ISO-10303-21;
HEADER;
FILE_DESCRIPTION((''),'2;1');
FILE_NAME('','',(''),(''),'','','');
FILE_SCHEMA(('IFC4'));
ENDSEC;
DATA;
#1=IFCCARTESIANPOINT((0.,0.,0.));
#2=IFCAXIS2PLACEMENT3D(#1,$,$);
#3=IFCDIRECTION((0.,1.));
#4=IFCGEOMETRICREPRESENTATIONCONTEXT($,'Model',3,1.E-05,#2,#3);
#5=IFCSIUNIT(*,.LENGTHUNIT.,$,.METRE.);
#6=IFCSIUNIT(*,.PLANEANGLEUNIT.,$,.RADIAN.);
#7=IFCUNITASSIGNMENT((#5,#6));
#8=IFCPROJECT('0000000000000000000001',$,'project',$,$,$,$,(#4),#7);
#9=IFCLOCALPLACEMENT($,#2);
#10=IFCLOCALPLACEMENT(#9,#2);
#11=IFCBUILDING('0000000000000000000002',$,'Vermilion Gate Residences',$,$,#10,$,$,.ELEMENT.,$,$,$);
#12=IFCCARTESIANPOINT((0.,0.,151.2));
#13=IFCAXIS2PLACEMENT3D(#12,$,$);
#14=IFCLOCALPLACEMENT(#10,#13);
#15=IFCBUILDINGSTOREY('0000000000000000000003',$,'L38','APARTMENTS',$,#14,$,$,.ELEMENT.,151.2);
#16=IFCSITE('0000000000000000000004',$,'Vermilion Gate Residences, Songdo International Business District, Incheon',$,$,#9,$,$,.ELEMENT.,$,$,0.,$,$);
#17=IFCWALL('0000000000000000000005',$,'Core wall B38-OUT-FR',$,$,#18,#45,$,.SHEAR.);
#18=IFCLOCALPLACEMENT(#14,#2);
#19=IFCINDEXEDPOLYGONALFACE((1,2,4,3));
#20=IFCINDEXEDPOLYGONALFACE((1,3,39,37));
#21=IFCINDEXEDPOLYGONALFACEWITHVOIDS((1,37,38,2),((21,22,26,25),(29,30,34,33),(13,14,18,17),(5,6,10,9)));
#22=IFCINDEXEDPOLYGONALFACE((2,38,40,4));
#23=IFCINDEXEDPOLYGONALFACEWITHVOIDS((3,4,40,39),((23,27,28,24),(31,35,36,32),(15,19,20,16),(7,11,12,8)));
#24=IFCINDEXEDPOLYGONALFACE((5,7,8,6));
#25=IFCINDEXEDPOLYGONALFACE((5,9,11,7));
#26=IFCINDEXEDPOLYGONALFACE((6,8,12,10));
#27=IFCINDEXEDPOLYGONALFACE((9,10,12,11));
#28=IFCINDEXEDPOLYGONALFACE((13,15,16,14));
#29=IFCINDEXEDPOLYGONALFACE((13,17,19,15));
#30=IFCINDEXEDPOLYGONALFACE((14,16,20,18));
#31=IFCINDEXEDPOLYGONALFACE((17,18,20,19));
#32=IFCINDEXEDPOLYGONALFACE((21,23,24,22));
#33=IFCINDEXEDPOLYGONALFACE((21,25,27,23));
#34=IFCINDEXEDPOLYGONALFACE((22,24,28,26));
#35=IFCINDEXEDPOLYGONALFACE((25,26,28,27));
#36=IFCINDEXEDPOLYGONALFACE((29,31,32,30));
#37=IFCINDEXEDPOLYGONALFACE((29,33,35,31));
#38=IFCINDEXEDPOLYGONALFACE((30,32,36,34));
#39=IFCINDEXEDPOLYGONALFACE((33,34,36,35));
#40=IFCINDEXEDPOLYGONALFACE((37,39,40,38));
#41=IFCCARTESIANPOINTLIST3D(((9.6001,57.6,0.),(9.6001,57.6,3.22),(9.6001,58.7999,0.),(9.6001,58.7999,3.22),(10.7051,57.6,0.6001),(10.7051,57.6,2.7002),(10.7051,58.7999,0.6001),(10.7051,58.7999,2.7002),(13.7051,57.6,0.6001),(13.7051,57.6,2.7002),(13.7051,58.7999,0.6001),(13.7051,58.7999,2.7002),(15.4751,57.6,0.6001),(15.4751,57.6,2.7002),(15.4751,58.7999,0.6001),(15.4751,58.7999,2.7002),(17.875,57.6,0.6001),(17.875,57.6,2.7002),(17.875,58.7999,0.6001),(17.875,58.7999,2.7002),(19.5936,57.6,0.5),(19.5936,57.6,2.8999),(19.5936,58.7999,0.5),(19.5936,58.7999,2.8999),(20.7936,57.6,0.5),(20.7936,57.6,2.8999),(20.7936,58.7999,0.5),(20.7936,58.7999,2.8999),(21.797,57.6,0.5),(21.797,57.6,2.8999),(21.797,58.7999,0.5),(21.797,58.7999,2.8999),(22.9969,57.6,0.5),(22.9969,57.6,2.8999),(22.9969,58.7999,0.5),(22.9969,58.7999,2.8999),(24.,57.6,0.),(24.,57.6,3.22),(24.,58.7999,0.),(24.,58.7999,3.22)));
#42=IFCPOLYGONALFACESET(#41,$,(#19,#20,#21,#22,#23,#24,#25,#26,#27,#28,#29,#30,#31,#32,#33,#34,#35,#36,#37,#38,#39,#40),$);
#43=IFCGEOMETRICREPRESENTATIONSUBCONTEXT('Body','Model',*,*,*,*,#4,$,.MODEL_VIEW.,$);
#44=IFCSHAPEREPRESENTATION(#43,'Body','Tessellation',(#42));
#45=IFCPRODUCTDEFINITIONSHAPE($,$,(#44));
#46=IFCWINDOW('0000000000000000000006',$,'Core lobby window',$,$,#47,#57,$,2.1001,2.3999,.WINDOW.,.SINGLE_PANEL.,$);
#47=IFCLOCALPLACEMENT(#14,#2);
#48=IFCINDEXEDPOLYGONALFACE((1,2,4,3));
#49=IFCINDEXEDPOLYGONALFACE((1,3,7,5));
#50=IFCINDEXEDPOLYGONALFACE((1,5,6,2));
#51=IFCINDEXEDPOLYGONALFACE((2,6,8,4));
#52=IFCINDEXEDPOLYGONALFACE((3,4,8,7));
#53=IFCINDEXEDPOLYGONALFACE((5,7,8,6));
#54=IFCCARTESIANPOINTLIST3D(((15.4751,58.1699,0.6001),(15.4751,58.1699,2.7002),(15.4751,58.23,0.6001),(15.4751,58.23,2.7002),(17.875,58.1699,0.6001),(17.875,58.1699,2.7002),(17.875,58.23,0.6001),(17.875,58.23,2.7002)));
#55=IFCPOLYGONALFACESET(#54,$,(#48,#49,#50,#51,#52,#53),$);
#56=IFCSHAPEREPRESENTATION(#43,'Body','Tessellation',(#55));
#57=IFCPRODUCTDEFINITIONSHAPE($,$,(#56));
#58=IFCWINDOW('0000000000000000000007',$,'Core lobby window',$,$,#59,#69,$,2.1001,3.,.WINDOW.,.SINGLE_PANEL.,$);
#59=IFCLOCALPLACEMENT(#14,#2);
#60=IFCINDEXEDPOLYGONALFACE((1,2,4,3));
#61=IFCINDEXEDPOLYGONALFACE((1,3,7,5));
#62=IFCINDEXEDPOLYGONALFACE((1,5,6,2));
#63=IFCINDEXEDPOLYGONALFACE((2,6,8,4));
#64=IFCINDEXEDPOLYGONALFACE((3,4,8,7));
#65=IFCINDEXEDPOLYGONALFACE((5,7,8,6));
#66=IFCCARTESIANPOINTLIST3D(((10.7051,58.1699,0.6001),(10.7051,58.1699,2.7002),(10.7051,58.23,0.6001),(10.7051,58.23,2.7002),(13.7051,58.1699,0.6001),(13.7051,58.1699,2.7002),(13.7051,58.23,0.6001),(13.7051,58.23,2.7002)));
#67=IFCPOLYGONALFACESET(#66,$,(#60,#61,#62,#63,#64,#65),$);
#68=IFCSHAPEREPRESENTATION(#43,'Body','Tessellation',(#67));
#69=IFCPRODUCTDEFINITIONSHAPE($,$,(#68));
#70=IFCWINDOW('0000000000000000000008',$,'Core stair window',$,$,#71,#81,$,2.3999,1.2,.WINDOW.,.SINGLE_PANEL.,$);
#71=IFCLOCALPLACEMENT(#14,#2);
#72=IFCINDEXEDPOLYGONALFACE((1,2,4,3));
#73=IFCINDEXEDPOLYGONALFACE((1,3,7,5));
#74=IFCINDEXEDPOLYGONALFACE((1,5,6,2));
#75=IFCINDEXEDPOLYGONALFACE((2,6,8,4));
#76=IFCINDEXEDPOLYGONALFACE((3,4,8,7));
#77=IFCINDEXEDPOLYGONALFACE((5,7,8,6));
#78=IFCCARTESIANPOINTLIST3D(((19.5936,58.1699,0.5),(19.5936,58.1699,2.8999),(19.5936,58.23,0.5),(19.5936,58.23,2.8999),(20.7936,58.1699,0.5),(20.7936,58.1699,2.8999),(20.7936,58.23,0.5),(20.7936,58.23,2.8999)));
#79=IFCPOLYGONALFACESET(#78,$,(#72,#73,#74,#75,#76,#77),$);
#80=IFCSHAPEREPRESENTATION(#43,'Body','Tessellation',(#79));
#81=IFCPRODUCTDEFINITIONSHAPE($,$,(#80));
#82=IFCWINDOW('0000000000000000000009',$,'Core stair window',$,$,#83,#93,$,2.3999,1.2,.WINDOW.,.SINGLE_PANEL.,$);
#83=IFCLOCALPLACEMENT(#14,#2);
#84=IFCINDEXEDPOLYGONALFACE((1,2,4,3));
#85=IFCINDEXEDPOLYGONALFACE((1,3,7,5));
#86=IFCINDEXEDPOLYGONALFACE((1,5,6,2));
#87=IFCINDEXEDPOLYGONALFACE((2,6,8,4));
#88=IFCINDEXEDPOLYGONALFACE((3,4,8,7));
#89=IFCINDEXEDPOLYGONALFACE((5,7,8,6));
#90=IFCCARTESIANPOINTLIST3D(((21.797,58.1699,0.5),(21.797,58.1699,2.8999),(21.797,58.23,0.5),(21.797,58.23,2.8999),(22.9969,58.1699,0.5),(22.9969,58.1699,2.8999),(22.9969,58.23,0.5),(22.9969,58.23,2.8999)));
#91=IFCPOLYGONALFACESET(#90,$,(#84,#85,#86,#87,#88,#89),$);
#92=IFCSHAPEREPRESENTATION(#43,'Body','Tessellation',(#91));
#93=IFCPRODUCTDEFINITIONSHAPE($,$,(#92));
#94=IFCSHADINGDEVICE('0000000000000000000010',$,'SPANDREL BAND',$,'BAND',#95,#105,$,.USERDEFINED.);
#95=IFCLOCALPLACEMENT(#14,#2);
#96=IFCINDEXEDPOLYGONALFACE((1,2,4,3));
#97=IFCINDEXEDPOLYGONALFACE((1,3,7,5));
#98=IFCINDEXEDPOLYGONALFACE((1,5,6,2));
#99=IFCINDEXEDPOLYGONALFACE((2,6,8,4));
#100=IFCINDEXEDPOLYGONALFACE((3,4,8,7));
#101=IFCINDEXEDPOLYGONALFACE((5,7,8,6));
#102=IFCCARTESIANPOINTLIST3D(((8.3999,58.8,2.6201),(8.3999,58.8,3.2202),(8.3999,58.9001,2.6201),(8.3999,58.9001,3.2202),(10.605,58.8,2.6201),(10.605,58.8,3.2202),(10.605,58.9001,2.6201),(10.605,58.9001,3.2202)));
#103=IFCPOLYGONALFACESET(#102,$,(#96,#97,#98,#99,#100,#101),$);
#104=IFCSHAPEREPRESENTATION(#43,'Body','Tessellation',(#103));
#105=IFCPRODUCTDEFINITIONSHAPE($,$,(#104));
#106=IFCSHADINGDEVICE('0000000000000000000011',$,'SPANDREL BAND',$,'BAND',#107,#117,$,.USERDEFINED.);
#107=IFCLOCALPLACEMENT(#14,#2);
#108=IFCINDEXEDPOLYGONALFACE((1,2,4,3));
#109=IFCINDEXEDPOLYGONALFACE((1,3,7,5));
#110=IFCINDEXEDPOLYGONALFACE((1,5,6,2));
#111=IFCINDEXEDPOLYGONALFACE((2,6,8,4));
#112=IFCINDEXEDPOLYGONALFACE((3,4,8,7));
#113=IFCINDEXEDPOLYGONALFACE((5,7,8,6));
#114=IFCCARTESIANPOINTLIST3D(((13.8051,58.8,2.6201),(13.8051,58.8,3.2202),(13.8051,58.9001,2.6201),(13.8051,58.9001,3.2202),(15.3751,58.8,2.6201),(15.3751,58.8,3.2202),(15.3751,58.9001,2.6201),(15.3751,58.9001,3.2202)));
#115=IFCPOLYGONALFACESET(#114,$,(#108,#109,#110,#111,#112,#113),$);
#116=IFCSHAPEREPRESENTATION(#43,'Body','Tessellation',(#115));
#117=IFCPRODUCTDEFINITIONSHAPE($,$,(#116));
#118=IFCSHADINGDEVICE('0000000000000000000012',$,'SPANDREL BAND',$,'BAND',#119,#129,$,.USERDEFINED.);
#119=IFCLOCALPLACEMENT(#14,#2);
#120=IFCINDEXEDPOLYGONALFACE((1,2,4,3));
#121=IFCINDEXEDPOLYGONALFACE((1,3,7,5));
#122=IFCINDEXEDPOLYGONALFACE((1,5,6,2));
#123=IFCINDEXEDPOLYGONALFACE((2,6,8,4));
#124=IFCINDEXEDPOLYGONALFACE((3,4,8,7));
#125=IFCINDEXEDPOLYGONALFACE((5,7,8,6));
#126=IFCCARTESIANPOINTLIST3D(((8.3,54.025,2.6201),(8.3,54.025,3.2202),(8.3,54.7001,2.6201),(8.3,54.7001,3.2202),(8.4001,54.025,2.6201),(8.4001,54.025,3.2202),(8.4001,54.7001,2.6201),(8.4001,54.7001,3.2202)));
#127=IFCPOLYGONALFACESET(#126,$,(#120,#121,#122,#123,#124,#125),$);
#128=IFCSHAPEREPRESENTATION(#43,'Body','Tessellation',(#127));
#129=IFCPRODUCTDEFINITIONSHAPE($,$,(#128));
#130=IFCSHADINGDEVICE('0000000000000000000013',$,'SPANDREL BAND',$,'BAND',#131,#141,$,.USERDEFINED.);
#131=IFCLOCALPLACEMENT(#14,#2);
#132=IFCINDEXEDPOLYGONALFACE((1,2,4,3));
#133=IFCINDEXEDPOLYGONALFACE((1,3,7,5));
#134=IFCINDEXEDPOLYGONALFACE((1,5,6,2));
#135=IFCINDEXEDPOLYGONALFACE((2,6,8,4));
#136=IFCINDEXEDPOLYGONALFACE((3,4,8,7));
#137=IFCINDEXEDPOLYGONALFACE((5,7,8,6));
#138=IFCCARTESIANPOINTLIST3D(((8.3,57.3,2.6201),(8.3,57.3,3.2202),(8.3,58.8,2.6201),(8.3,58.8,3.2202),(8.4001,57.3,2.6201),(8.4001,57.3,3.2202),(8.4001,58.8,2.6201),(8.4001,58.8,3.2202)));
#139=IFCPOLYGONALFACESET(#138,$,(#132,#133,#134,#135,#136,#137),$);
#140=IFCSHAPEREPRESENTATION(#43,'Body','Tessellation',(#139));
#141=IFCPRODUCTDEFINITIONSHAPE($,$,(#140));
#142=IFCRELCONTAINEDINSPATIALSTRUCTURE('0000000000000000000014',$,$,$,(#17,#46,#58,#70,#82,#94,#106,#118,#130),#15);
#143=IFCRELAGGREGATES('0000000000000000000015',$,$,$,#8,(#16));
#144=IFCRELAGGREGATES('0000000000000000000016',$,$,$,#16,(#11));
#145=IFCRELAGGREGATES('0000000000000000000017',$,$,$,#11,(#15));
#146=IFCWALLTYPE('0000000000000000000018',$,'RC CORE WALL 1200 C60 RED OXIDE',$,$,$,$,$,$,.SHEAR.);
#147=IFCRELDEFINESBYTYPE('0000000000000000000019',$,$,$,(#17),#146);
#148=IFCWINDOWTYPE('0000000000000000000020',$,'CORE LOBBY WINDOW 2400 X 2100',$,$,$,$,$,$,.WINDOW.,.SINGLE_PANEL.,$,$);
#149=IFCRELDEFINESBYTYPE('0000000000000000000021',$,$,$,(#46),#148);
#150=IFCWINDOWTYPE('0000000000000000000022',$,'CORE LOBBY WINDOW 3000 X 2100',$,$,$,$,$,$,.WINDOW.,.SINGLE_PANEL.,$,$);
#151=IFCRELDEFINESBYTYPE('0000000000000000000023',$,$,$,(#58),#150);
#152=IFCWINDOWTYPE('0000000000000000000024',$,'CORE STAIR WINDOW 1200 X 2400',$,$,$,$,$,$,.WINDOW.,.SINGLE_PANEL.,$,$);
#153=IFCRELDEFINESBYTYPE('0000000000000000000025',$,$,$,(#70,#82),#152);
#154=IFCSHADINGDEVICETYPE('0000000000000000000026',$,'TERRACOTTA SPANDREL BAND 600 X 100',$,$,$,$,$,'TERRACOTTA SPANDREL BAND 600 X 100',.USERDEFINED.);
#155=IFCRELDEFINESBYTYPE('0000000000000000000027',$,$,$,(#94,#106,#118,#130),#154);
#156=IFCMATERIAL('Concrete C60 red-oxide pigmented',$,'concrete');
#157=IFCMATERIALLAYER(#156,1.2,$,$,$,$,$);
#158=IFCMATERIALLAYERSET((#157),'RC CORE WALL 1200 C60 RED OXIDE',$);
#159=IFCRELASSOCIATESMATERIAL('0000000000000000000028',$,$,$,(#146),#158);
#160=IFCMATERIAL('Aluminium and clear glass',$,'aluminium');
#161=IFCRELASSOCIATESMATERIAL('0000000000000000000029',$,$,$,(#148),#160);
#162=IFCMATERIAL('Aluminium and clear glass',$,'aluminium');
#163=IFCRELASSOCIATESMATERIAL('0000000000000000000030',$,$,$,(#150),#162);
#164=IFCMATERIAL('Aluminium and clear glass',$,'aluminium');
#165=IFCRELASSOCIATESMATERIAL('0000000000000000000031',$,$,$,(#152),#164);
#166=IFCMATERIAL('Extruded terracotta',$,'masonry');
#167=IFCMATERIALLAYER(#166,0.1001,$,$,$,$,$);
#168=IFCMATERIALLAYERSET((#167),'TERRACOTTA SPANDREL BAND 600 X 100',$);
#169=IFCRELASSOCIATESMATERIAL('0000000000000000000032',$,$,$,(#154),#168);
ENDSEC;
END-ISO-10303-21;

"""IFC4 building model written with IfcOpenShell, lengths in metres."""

from ifc_helpers import new_model, si_unit, direction, frame, frame_2d, origin, origin_2d, place, context, subcontext, project, spatial, rectangle, extrude, material, layer, layer_set, type_object, element, fill, save


model = new_model("IFC4")

# Units and contexts
model_context = context("Model", 3, precision=1e-05, world=origin(), true_north=direction((0.0, 1.0)))
body_context = subcontext(model_context, "Body", "Model", "MODEL_VIEW")
ifc_project = project(units=[si_unit("LENGTHUNIT", "METRE"), si_unit("PLANEANGLEUNIT", "RADIAN")], contexts=[model_context])

# Site, building, storey
site_placement = place(None, origin())
site = spatial("IfcSite", under=ifc_project, at=site_placement, Name="Vermilion Gate Residences, Songdo International Business District, Incheon", CompositionType="ELEMENT", RefElevation=0.0)
building_placement = place(site_placement, origin())
building = spatial("IfcBuilding", under=site, at=building_placement, Name="Vermilion Gate Residences", CompositionType="ELEMENT")
storey_placement = place(building_placement, frame((0.0, 0.0, 151.2)))
storey = spatial("IfcBuildingStorey", under=building, at=storey_placement, Name="L38", Description="APARTMENTS", CompositionType="ELEMENT", Elevation=151.2)

# Wall, openings, windows
ifc_material_1 = material(Name="Concrete C60 red-oxide pigmented", Category="concrete")
ifc_layer_1 = layer(ifc_material_1, 1.2)
ifc_layer_set_1 = layer_set([ifc_layer_1], Name="RC CORE WALL 1200 C60 RED OXIDE")
wall_type_1 = type_object("IfcWallType", Name="RC CORE WALL 1200 C60 RED OXIDE", PredefinedType="SHEAR", material=ifc_layer_set_1)
ifc_material_2 = material(Name="Aluminium and clear glass", Category="aluminium")
window_type_1 = type_object("IfcWindowType", Name="CORE LOBBY WINDOW 2400 X 2100", PartitioningType="SINGLE_PANEL", PredefinedType="WINDOW", material=ifc_material_2)
wall_1_placement = place(storey_placement, frame((9.6001, 58.2, 0.0), z_axis=(0.0, 0.0, 1.0), x_axis=(1.0, 0.0, 0.0)))
wall_1 = element("IfcWall", 1, at=wall_1_placement, inside=storey, type_object=wall_type_1, Name="Core wall B38-OUT-FR", PredefinedType="SHEAR", context=body_context, shape_type="SweptSolid", body=[
    extrude(rectangle(XDim=14.3999, YDim=1.2, at=frame_2d((7.2, 0.0))), origin(), (0.0, 0.0, 1.0), 3.22),
])
opening_1_placement = place(wall_1_placement, frame((1.105, 0.0, 0.6001)))
opening_1 = element("IfcOpeningElement", 2, at=opening_1_placement, cuts=wall_1, PredefinedType="OPENING", context=body_context, shape_type="SweptSolid", body=[
    extrude(rectangle(XDim=3.0, YDim=2.1001, at=frame_2d((1.5, 1.05))), frame((0.0, 0.6099, 0.0), z_axis=(0.0, -1.0, 0.0), x_axis=(1.0, 0.0, 0.0)), (0.0, 0.0, 1.0), 1.22),
])
opening_2_placement = place(wall_1_placement, frame((5.875, 0.0, 0.6001)))
opening_2 = element("IfcOpeningElement", 3, at=opening_2_placement, cuts=wall_1, PredefinedType="OPENING", context=body_context, shape_type="SweptSolid", body=[
    extrude(rectangle(XDim=2.3999, YDim=2.1001, at=frame_2d((1.2, 1.05))), frame((0.0, 0.6099, 0.0), z_axis=(0.0, -1.0, 0.0), x_axis=(1.0, 0.0, 0.0)), (0.0, 0.0, 1.0), 1.22),
])
opening_3_placement = place(wall_1_placement, frame((9.9934, 0.0, 0.5)))
opening_3 = element("IfcOpeningElement", 4, at=opening_3_placement, cuts=wall_1, PredefinedType="OPENING", context=body_context, shape_type="SweptSolid", body=[
    extrude(rectangle(XDim=1.2, YDim=2.3999, at=frame_2d((0.6001, 1.2))), frame((0.0, 0.6099, 0.0), z_axis=(0.0, -1.0, 0.0), x_axis=(1.0, 0.0, 0.0)), (0.0, 0.0, 1.0), 1.22),
])
opening_4_placement = place(wall_1_placement, frame((12.1968, 0.0, 0.5)))
opening_4 = element("IfcOpeningElement", 5, at=opening_4_placement, cuts=wall_1, PredefinedType="OPENING", context=body_context, shape_type="SweptSolid", body=[
    extrude(rectangle(XDim=1.2, YDim=2.3999, at=frame_2d((0.6001, 1.2))), frame((0.0, 0.6099, 0.0), z_axis=(0.0, -1.0, 0.0), x_axis=(1.0, 0.0, 0.0)), (0.0, 0.0, 1.0), 1.22),
])
window_1_placement = place(opening_2_placement, origin())
window_1 = element("IfcWindow", 6, at=window_1_placement, inside=storey, type_object=window_type_1, Name="Core lobby window", OverallHeight=2.1001, OverallWidth=2.3999, PartitioningType="SINGLE_PANEL", PredefinedType="WINDOW", context=body_context, shape_type="SweptSolid", body=[
    extrude(rectangle(XDim=2.3999, YDim=2.1001, at=frame_2d((1.2, 1.05))), frame((0.0, 0.03, 0.0), z_axis=(0.0, -1.0, 0.0), x_axis=(1.0, 0.0, 0.0)), (0.0, 0.0, 1.0), 0.0601),
])
fill(opening_2, window_1)
ifc_material_3 = material(Name="Aluminium and clear glass", Category="aluminium")
window_type_2 = type_object("IfcWindowType", Name="CORE LOBBY WINDOW 3000 X 2100", PartitioningType="SINGLE_PANEL", PredefinedType="WINDOW", material=ifc_material_3)
window_2_placement = place(opening_1_placement, origin())
window_2 = element("IfcWindow", 7, at=window_2_placement, inside=storey, type_object=window_type_2, Name="Core lobby window", OverallHeight=2.1001, OverallWidth=3.0, PartitioningType="SINGLE_PANEL", PredefinedType="WINDOW", context=body_context, shape_type="SweptSolid", body=[
    extrude(rectangle(XDim=3.0, YDim=2.1001, at=frame_2d((1.5, 1.05))), frame((0.0, 0.03, 0.0), z_axis=(0.0, -1.0, 0.0), x_axis=(1.0, 0.0, 0.0)), (0.0, 0.0, 1.0), 0.0601),
])
fill(opening_1, window_2)
ifc_material_4 = material(Name="Aluminium and clear glass", Category="aluminium")
window_type_3 = type_object("IfcWindowType", Name="CORE STAIR WINDOW 1200 X 2400", PartitioningType="SINGLE_PANEL", PredefinedType="WINDOW", material=ifc_material_4)
window_3_placement = place(opening_3_placement, origin())
window_3 = element("IfcWindow", 8, at=window_3_placement, inside=storey, type_object=window_type_3, Name="Core stair window", OverallHeight=2.3999, OverallWidth=1.2, PartitioningType="SINGLE_PANEL", PredefinedType="WINDOW", context=body_context, shape_type="SweptSolid", body=[
    extrude(rectangle(XDim=1.2, YDim=2.3999, at=frame_2d((0.6001, 1.2))), frame((0.0, 0.03, 0.0), z_axis=(0.0, -1.0, 0.0), x_axis=(1.0, 0.0, 0.0)), (0.0, 0.0, 1.0), 0.0601),
])
fill(opening_3, window_3)
window_4_placement = place(opening_4_placement, origin())
window_4 = element("IfcWindow", 9, at=window_4_placement, inside=storey, type_object=window_type_3, Name="Core stair window", OverallHeight=2.3999, OverallWidth=1.2, PartitioningType="SINGLE_PANEL", PredefinedType="WINDOW", context=body_context, shape_type="SweptSolid", body=[
    extrude(rectangle(XDim=1.2, YDim=2.3999, at=frame_2d((0.6001, 1.2))), frame((0.0, 0.03, 0.0), z_axis=(0.0, -1.0, 0.0), x_axis=(1.0, 0.0, 0.0)), (0.0, 0.0, 1.0), 0.0601),
])
fill(opening_4, window_4)

# Shading devices
ifc_material_5 = material(Name="Extruded terracotta", Category="masonry")
ifc_layer_2 = layer(ifc_material_5, 0.1001)
ifc_layer_set_2 = layer_set([ifc_layer_2], Name="TERRACOTTA SPANDREL BAND 600 X 100")
shading_device_type = type_object("IfcShadingDeviceType", Name="TERRACOTTA SPANDREL BAND 600 X 100", ElementType="TERRACOTTA SPANDREL BAND 600 X 100", PredefinedType="USERDEFINED", material=ifc_layer_set_2)
shading_device_1_placement = place(storey_placement, frame((9.5024, 58.8501, 2.6201), z_axis=(0.0, 0.0, 1.0), x_axis=(1.0, 0.0, 0.0)))
element("IfcShadingDevice", 10, at=shading_device_1_placement, inside=storey, type_object=shading_device_type, Name="SPANDREL BAND", ObjectType="BAND", PredefinedType="USERDEFINED", context=body_context, shape_type="SweptSolid", body=[
    extrude(rectangle(XDim=2.2051, YDim=0.1001, at=origin_2d()), origin(), (0.0, 0.0, 1.0), 0.6001),
])
shading_device_2_placement = place(storey_placement, frame((14.5901, 58.8501, 2.6201), z_axis=(0.0, 0.0, 1.0), x_axis=(1.0, 0.0, 0.0)))
element("IfcShadingDevice", 11, at=shading_device_2_placement, inside=storey, type_object=shading_device_type, Name="SPANDREL BAND", ObjectType="BAND", PredefinedType="USERDEFINED", context=body_context, shape_type="SweptSolid", body=[
    extrude(rectangle(XDim=1.5701, YDim=0.1001, at=origin_2d()), origin(), (0.0, 0.0, 1.0), 0.6001),
])
shading_device_3_placement = place(storey_placement, frame((8.3501, 54.3625, 2.6201), z_axis=(0.0, 0.0, 1.0), x_axis=(0.0, 1.0, 0.0)))
element("IfcShadingDevice", 12, at=shading_device_3_placement, inside=storey, type_object=shading_device_type, Name="SPANDREL BAND", ObjectType="BAND", PredefinedType="USERDEFINED", context=body_context, shape_type="SweptSolid", body=[
    extrude(rectangle(XDim=0.675, YDim=0.1001, at=origin_2d()), origin(), (0.0, 0.0, 1.0), 0.6001),
])
shading_device_4_placement = place(storey_placement, frame((8.3501, 58.05, 2.6201), z_axis=(0.0, 0.0, 1.0), x_axis=(0.0, 1.0, 0.0)))
element("IfcShadingDevice", 13, at=shading_device_4_placement, inside=storey, type_object=shading_device_type, Name="SPANDREL BAND", ObjectType="BAND", PredefinedType="USERDEFINED", context=body_context, shape_type="SweptSolid", body=[
    extrude(rectangle(XDim=1.5, YDim=0.1001, at=origin_2d()), origin(), (0.0, 0.0, 1.0), 0.6001),
])

save(model, "model.ifc")
